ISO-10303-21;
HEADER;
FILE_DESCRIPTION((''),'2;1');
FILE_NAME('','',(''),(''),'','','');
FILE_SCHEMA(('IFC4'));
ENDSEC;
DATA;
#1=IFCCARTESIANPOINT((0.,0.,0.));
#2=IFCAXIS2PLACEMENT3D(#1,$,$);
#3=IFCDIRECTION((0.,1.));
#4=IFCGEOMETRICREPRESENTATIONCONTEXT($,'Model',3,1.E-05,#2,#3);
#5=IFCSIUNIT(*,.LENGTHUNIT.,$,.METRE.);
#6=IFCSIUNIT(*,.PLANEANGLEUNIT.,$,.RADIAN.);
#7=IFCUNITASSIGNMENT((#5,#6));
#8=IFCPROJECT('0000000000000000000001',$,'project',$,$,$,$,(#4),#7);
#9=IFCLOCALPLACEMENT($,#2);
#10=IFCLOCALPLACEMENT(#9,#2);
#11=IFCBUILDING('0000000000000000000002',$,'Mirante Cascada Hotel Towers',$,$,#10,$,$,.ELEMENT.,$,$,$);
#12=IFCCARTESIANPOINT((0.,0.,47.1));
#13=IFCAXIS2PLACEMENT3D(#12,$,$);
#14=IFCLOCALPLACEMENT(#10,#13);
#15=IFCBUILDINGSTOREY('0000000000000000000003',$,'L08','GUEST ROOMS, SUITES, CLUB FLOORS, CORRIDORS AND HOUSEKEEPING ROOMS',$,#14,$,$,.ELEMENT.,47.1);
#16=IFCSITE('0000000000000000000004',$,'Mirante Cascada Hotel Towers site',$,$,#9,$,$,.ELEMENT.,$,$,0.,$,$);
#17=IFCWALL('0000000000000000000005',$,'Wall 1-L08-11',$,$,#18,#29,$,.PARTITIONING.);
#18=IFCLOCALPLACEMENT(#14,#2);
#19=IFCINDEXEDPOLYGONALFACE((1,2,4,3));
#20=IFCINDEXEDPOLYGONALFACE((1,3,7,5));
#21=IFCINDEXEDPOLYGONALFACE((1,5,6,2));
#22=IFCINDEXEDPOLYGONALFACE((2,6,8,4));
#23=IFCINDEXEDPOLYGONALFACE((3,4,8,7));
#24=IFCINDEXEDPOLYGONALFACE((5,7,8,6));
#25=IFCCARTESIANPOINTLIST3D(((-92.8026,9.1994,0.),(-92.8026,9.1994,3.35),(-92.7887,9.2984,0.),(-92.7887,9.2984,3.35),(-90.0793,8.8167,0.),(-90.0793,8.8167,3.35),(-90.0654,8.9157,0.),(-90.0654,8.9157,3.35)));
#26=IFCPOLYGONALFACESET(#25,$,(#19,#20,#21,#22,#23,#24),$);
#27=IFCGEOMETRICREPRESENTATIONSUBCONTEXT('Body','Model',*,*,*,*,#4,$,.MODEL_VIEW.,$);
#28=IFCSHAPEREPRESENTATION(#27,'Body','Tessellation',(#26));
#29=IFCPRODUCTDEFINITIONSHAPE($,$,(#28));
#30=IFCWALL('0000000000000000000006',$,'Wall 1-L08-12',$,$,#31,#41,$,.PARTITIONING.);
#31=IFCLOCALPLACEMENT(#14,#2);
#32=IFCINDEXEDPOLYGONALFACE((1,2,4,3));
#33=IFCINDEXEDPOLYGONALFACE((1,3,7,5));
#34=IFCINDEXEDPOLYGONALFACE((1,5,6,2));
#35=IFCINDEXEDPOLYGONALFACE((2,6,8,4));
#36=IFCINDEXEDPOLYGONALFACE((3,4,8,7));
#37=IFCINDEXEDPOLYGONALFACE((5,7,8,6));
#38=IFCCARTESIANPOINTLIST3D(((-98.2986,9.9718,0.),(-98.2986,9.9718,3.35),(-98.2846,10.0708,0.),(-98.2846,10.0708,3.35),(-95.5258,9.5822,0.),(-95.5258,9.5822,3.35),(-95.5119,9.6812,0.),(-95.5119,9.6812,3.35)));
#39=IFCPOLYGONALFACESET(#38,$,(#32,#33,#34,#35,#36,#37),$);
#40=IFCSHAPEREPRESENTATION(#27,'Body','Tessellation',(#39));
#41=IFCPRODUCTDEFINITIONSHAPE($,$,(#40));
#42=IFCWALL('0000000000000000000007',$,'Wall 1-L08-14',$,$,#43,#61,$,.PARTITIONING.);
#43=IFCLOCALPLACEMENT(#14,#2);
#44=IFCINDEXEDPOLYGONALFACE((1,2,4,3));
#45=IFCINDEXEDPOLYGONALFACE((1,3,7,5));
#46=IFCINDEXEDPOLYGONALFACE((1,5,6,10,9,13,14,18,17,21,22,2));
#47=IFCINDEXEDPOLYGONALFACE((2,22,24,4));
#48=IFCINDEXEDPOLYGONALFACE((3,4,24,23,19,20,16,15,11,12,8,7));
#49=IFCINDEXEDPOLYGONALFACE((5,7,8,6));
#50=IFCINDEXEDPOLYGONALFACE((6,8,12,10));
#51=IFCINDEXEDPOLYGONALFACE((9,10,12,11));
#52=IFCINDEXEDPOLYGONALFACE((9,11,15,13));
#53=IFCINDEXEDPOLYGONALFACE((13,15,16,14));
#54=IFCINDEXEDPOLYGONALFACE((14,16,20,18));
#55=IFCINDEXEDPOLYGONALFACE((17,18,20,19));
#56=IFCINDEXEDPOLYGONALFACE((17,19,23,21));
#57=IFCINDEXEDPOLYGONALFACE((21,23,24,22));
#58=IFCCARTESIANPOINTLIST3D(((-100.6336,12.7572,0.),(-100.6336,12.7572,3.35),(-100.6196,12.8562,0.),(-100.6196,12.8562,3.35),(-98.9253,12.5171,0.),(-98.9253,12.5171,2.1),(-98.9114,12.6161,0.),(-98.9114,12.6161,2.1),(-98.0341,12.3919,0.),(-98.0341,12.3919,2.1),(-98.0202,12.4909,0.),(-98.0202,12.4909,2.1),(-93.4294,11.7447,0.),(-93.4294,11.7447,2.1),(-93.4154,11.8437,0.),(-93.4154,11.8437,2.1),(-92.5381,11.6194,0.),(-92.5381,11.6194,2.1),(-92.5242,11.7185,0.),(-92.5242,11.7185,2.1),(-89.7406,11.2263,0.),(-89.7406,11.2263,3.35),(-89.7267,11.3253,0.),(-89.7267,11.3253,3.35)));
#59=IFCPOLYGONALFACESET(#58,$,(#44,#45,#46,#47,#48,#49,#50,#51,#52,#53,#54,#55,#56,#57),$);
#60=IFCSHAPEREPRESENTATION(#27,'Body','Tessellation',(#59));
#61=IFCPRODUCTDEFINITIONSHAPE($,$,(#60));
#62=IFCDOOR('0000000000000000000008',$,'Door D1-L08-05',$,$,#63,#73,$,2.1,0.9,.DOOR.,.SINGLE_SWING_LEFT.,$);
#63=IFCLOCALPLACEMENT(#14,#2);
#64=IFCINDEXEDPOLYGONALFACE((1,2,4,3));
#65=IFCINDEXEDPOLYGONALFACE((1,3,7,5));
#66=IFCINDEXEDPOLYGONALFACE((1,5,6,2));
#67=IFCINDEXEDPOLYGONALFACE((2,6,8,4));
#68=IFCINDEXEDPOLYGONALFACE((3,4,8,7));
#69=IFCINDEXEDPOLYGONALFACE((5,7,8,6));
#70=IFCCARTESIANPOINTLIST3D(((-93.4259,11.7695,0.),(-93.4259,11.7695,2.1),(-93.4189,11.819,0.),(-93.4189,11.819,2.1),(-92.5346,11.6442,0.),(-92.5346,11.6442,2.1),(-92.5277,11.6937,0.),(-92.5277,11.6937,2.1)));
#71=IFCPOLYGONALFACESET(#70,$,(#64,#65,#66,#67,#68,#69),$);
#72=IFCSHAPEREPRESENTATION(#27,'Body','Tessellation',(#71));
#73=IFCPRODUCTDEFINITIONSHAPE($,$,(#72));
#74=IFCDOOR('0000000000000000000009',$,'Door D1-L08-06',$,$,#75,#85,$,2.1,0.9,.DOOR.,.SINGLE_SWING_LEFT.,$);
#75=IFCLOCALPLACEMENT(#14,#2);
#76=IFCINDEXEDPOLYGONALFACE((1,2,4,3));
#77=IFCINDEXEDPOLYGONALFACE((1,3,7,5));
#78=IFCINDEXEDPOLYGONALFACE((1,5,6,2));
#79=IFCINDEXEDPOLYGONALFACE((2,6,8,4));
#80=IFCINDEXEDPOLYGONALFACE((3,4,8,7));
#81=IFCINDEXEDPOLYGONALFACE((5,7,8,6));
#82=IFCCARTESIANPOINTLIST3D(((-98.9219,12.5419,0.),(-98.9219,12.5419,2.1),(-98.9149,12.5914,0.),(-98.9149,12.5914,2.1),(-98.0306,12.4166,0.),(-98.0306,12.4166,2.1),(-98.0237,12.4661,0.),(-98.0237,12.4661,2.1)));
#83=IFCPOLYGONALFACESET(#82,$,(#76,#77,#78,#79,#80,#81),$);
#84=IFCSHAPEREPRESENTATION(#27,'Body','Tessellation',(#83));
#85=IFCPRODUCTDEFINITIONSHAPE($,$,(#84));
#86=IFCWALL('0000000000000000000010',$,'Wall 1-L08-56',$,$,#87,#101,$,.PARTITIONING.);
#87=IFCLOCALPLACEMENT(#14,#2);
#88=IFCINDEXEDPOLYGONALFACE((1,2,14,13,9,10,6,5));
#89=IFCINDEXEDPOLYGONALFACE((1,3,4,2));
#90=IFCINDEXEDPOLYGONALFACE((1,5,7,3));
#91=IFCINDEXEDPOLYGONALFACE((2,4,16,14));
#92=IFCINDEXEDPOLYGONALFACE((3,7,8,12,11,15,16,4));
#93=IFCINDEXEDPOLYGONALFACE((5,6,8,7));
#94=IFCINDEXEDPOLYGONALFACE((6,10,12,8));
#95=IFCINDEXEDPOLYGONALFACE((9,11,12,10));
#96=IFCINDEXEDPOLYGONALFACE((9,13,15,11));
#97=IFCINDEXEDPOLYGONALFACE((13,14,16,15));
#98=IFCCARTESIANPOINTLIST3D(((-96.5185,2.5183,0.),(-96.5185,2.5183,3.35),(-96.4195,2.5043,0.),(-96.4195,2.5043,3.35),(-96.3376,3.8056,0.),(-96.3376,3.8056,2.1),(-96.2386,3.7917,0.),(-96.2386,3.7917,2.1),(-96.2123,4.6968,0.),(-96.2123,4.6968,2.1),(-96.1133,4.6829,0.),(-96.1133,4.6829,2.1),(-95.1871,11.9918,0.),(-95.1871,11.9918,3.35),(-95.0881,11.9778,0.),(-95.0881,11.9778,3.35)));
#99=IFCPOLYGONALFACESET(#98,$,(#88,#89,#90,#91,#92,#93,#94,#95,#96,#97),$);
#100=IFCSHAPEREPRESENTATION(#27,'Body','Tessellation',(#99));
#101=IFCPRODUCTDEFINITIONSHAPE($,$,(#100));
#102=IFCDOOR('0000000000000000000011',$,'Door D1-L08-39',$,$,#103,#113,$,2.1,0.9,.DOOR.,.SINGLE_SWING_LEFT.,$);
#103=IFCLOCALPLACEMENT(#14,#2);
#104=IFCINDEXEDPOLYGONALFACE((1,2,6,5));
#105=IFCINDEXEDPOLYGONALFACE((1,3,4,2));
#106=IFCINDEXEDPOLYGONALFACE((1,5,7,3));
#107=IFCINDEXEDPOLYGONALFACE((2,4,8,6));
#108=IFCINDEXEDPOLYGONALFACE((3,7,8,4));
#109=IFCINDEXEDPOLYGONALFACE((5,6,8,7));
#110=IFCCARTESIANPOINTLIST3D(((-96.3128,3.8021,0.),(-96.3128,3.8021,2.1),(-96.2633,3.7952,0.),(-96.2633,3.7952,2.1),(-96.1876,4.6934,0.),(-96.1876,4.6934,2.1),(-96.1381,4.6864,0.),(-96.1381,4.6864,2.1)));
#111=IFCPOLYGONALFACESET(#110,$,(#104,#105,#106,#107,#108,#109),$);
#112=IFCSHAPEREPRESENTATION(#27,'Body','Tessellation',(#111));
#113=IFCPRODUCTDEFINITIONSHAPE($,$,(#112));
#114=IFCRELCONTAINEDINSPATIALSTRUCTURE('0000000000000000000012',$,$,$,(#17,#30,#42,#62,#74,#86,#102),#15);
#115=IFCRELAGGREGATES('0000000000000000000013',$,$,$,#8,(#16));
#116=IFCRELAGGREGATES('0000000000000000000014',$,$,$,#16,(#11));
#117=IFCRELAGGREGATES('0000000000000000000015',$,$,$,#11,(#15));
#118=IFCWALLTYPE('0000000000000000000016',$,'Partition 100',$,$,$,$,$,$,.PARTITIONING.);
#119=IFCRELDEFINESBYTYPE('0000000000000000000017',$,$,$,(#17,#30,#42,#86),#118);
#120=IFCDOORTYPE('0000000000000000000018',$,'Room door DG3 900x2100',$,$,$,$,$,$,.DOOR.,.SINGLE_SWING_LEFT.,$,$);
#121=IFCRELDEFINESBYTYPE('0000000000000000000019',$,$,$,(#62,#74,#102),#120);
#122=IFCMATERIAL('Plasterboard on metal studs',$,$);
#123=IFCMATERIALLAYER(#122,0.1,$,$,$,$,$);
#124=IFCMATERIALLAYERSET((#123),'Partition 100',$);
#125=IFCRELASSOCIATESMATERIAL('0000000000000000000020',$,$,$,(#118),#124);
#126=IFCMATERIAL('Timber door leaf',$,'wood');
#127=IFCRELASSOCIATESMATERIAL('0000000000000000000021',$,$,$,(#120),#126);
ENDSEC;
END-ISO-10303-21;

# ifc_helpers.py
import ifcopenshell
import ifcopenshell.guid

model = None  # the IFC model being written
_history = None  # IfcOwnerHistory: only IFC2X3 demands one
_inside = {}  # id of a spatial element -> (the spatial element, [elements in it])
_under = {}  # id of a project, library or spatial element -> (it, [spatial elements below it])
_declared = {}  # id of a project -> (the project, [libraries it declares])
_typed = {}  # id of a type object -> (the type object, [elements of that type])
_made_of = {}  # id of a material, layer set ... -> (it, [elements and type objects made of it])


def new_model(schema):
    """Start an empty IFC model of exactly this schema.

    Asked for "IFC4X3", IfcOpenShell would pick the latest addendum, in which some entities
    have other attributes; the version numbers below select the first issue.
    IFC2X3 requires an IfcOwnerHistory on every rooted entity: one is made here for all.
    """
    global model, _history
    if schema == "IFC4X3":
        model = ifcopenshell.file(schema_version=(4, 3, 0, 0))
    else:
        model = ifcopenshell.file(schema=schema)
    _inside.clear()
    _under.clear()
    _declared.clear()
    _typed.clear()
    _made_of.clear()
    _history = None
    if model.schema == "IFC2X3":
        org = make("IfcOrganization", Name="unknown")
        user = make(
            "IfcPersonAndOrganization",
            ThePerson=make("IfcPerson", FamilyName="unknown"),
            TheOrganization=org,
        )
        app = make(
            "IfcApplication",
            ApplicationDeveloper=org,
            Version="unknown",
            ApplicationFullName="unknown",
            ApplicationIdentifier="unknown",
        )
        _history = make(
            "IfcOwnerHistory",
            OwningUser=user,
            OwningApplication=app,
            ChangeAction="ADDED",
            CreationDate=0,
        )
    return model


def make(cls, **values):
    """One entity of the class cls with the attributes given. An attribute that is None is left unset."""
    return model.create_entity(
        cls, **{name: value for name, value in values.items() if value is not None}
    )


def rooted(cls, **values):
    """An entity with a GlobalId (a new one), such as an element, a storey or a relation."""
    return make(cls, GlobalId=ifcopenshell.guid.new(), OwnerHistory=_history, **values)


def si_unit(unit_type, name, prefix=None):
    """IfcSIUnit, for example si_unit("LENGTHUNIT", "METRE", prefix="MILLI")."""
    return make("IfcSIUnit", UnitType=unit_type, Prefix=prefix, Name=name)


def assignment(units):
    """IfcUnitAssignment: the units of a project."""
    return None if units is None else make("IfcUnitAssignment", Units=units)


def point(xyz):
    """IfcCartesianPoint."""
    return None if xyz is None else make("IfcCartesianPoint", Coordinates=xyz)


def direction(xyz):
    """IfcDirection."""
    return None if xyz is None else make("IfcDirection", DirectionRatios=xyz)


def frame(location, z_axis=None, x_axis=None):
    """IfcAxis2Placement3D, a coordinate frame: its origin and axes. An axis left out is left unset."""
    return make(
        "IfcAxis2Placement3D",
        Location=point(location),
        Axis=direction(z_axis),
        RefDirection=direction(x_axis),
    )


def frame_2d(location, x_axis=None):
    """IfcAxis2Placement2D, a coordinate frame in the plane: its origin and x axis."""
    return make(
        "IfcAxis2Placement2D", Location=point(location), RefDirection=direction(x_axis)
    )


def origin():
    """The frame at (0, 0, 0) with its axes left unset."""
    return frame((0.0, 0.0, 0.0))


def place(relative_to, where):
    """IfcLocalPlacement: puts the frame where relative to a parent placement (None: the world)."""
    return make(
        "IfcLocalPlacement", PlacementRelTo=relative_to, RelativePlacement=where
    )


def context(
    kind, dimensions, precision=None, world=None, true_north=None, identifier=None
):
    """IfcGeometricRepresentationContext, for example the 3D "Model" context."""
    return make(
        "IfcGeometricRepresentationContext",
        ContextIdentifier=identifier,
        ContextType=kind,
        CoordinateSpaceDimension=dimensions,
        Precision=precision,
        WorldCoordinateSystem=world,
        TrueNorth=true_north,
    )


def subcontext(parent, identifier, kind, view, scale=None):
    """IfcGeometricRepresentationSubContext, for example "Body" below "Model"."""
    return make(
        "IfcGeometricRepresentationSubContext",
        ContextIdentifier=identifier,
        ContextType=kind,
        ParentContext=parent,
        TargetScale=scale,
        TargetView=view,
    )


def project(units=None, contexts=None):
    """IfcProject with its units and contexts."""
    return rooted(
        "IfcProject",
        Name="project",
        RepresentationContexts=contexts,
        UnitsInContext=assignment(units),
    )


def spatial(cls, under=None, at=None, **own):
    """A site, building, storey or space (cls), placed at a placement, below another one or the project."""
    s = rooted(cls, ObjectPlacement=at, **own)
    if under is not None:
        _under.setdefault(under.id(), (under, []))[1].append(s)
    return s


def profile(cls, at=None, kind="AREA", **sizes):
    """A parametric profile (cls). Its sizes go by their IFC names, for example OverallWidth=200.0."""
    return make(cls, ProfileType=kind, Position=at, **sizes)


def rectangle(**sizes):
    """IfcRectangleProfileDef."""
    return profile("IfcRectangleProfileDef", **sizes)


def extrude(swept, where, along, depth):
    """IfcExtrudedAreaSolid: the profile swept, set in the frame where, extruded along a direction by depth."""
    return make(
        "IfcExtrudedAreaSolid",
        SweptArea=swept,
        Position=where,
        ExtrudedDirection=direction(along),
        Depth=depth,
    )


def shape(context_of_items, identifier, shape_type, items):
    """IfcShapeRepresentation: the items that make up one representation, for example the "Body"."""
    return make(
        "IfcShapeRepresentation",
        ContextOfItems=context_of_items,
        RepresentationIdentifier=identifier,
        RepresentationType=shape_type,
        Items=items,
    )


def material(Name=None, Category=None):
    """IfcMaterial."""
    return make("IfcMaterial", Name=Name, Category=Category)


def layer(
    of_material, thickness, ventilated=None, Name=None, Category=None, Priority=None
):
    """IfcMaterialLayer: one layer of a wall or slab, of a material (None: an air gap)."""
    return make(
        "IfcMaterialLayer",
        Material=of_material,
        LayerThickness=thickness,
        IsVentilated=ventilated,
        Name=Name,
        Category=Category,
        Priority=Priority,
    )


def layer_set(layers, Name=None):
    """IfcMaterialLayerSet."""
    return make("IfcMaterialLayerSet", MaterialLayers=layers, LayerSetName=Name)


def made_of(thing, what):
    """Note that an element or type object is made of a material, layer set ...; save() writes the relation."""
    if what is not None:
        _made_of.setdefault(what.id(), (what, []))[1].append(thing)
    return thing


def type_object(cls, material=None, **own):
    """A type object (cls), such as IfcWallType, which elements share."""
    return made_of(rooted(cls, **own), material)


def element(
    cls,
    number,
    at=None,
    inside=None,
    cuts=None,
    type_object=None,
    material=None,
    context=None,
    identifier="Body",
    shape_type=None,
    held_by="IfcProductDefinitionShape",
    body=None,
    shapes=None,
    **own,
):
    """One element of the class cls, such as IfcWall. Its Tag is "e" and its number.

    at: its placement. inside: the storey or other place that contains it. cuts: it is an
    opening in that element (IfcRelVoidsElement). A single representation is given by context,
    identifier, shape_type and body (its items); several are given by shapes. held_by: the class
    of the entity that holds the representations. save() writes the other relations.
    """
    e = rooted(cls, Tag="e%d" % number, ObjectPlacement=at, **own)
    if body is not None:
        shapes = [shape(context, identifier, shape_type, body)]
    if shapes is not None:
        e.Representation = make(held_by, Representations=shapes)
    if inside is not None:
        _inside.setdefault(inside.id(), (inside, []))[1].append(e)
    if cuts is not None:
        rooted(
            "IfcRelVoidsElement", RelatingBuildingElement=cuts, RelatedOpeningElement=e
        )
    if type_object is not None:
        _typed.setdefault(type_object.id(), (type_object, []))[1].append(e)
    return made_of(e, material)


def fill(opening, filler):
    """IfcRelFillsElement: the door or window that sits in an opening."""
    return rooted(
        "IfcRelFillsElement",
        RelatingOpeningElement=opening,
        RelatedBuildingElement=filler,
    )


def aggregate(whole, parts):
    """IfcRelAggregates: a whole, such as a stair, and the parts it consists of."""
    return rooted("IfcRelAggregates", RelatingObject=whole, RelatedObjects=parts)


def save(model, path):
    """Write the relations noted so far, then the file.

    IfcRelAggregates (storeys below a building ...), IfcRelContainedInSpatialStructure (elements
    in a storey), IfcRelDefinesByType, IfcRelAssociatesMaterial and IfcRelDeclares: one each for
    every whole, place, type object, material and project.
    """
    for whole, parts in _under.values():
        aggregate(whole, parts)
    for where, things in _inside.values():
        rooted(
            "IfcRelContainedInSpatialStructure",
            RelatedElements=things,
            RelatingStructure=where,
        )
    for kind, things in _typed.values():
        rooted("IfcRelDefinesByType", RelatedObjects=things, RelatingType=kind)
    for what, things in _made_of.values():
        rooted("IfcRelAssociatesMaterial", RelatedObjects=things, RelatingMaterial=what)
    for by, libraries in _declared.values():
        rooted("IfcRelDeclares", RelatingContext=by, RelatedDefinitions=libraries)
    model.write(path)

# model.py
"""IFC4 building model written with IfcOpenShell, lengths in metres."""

from ifc_helpers import new_model, si_unit, direction, frame, frame_2d, origin, place, context, subcontext, project, spatial, rectangle, extrude, material, layer, layer_set, type_object, element, fill, save


model = new_model("IFC4")

# Units and contexts
model_context = context("Model", 3, precision=1e-05, world=origin(), true_north=direction((0.0, 1.0)))
body_context = subcontext(model_context, "Body", "Model", "MODEL_VIEW")
ifc_project = project(units=[si_unit("LENGTHUNIT", "METRE"), si_unit("PLANEANGLEUNIT", "RADIAN")], contexts=[model_context])

# Site, building, storey
site_placement = place(None, origin())
site = spatial("IfcSite", under=ifc_project, at=site_placement, Name="Mirante Cascada Hotel Towers site", CompositionType="ELEMENT", RefElevation=0.0)
building_placement = place(site_placement, origin())
building = spatial("IfcBuilding", under=site, at=building_placement, Name="Mirante Cascada Hotel Towers", CompositionType="ELEMENT")
storey_placement = place(building_placement, frame((0.0, 0.0, 47.1)))
storey = spatial("IfcBuildingStorey", under=building, at=storey_placement, Name="L08", Description="GUEST ROOMS, SUITES, CLUB FLOORS, CORRIDORS AND HOUSEKEEPING ROOMS", CompositionType="ELEMENT", Elevation=47.1)

# Walls
ifc_material_1 = material(Name="Plasterboard on metal studs")
ifc_layer_1 = layer(ifc_material_1, 0.1)
ifc_layer_set_1 = layer_set([ifc_layer_1], Name="Partition 100")
wall_type_1 = type_object("IfcWallType", Name="Partition 100", PredefinedType="PARTITIONING", material=ifc_layer_set_1)
wall_1_placement = place(storey_placement, frame((-90.0723, 8.8662, 0.0), z_axis=(0.0, 0.0, 1.0), x_axis=(-0.99027, 0.139161, 0.0)))
element("IfcWall", 1, at=wall_1_placement, inside=storey, type_object=wall_type_1, Name="Wall 1-L08-11", PredefinedType="PARTITIONING", context=body_context, shape_type="SweptSolid", body=[
    extrude(rectangle(XDim=2.7501, YDim=0.1, at=frame_2d((1.3751, 0.0))), origin(), (0.0, 0.0, 1.0), 3.35),
])
wall_2_placement = place(storey_placement, frame((-98.2916, 10.0213, 0.0), z_axis=(0.0, 0.0, 1.0), x_axis=(0.990273, -0.139141, 0.0)))
element("IfcWall", 2, at=wall_2_placement, inside=storey, type_object=wall_type_1, Name="Wall 1-L08-12", PredefinedType="PARTITIONING", context=body_context, shape_type="SweptSolid", body=[
    extrude(rectangle(XDim=2.8, YDim=0.1, at=frame_2d((1.4, 0.0))), origin(), (0.0, 0.0, 1.0), 3.35),
])

# Wall, openings, doors
wall_3_placement = place(storey_placement, frame((-100.6266, 12.8067, 0.0), z_axis=(0.0, 0.0, 1.0), x_axis=(0.990268, -0.139173, 0.0)))
wall_3 = element("IfcWall", 3, at=wall_3_placement, inside=storey, type_object=wall_type_1, Name="Wall 1-L08-14", PredefinedType="PARTITIONING", context=body_context, shape_type="SweptSolid", body=[
    extrude(rectangle(XDim=11.0, YDim=0.1, at=frame_2d((5.5, 0.0))), origin(), (0.0, 0.0, 1.0), 3.35),
])
opening_1_placement = place(wall_3_placement, frame((7.275, 0.0, 0.0)))
opening_1 = element("IfcOpeningElement", 4, at=opening_1_placement, cuts=wall_3, PredefinedType="OPENING", context=body_context, shape_type="SweptSolid", body=[
    extrude(rectangle(XDim=0.9, YDim=2.1, at=frame_2d((0.45, 1.05))), frame((0.0, 0.05, 0.0), z_axis=(0.0, -1.0, 0.0), x_axis=(1.0, 0.0, 0.0)), (0.0, 0.0, 1.0), 0.1),
])
opening_2_placement = place(wall_3_placement, frame((1.725, 0.0, 0.0)))
opening_2 = element("IfcOpeningElement", 5, at=opening_2_placement, cuts=wall_3, PredefinedType="OPENING", context=body_context, shape_type="SweptSolid", body=[
    extrude(rectangle(XDim=0.9, YDim=2.1, at=frame_2d((0.45, 1.05))), frame((0.0, 0.05, 0.0), z_axis=(0.0, -1.0, 0.0), x_axis=(1.0, 0.0, 0.0)), (0.0, 0.0, 1.0), 0.1),
])
ifc_material_2 = material(Name="Timber door leaf", Category="wood")
door_type_1 = type_object("IfcDoorType", Name="Room door DG3 900x2100", OperationType="SINGLE_SWING_LEFT", PredefinedType="DOOR", material=ifc_material_2)
door_1_placement = place(opening_1_placement, origin())
door_1 = element("IfcDoor", 6, at=door_1_placement, inside=storey, type_object=door_type_1, Name="Door D1-L08-05", OperationType="SINGLE_SWING_LEFT", OverallHeight=2.1, OverallWidth=0.9, PredefinedType="DOOR", context=body_context, shape_type="SweptSolid", body=[
    extrude(rectangle(XDim=0.9, YDim=2.1, at=frame_2d((0.45, 1.05))), frame((0.0, 0.025, 0.0), z_axis=(0.0, -1.0, 0.0), x_axis=(1.0, 0.0, 0.0)), (0.0, 0.0, 1.0), 0.05),
])
fill(opening_1, door_1)
door_2_placement = place(opening_2_placement, origin())
door_2 = element("IfcDoor", 7, at=door_2_placement, inside=storey, type_object=door_type_1, Name="Door D1-L08-06", OperationType="SINGLE_SWING_LEFT", OverallHeight=2.1, OverallWidth=0.9, PredefinedType="DOOR", context=body_context, shape_type="SweptSolid", body=[
    extrude(rectangle(XDim=0.9, YDim=2.1, at=frame_2d((0.45, 1.05))), frame((0.0, 0.025, 0.0), z_axis=(0.0, -1.0, 0.0), x_axis=(1.0, 0.0, 0.0)), (0.0, 0.0, 1.0), 0.05),
])
fill(opening_2, door_2)

# Wall, opening, door
wall_4_placement = place(storey_placement, frame((-95.1376, 11.9848, 0.0), z_axis=(0.0, 0.0, 1.0), x_axis=(-0.139172, -0.990268, 0.0)))
wall_4 = element("IfcWall", 8, at=wall_4_placement, inside=storey, type_object=wall_type_1, Name="Wall 1-L08-56", PredefinedType="PARTITIONING", context=body_context, shape_type="SweptSolid", body=[
    extrude(rectangle(XDim=9.5666, YDim=0.1, at=frame_2d((4.7833, 0.0))), origin(), (0.0, 0.0, 1.0), 3.35),
])
opening_3_placement = place(wall_4_placement, frame((7.3666, 0.0, 0.0)))
opening_3 = element("IfcOpeningElement", 9, at=opening_3_placement, cuts=wall_4, PredefinedType="OPENING", context=body_context, shape_type="SweptSolid", body=[
    extrude(rectangle(XDim=0.9, YDim=2.1, at=frame_2d((0.45, 1.05))), frame((0.0, 0.05, 0.0), z_axis=(0.0, -1.0, 0.0), x_axis=(1.0, 0.0, 0.0)), (0.0, 0.0, 1.0), 0.1),
])
door_3_placement = place(opening_3_placement, origin())
door_3 = element("IfcDoor", 10, at=door_3_placement, inside=storey, type_object=door_type_1, Name="Door D1-L08-39", OperationType="SINGLE_SWING_LEFT", OverallHeight=2.1, OverallWidth=0.9, PredefinedType="DOOR", context=body_context, shape_type="SweptSolid", body=[
    extrude(rectangle(XDim=0.9, YDim=2.1, at=frame_2d((0.45, 1.05))), frame((0.0, 0.025, 0.0), z_axis=(0.0, -1.0, 0.0), x_axis=(1.0, 0.0, 0.0)), (0.0, 0.0, 1.0), 0.05),
])
fill(opening_3, door_3)

save(model, "model.ifc")
